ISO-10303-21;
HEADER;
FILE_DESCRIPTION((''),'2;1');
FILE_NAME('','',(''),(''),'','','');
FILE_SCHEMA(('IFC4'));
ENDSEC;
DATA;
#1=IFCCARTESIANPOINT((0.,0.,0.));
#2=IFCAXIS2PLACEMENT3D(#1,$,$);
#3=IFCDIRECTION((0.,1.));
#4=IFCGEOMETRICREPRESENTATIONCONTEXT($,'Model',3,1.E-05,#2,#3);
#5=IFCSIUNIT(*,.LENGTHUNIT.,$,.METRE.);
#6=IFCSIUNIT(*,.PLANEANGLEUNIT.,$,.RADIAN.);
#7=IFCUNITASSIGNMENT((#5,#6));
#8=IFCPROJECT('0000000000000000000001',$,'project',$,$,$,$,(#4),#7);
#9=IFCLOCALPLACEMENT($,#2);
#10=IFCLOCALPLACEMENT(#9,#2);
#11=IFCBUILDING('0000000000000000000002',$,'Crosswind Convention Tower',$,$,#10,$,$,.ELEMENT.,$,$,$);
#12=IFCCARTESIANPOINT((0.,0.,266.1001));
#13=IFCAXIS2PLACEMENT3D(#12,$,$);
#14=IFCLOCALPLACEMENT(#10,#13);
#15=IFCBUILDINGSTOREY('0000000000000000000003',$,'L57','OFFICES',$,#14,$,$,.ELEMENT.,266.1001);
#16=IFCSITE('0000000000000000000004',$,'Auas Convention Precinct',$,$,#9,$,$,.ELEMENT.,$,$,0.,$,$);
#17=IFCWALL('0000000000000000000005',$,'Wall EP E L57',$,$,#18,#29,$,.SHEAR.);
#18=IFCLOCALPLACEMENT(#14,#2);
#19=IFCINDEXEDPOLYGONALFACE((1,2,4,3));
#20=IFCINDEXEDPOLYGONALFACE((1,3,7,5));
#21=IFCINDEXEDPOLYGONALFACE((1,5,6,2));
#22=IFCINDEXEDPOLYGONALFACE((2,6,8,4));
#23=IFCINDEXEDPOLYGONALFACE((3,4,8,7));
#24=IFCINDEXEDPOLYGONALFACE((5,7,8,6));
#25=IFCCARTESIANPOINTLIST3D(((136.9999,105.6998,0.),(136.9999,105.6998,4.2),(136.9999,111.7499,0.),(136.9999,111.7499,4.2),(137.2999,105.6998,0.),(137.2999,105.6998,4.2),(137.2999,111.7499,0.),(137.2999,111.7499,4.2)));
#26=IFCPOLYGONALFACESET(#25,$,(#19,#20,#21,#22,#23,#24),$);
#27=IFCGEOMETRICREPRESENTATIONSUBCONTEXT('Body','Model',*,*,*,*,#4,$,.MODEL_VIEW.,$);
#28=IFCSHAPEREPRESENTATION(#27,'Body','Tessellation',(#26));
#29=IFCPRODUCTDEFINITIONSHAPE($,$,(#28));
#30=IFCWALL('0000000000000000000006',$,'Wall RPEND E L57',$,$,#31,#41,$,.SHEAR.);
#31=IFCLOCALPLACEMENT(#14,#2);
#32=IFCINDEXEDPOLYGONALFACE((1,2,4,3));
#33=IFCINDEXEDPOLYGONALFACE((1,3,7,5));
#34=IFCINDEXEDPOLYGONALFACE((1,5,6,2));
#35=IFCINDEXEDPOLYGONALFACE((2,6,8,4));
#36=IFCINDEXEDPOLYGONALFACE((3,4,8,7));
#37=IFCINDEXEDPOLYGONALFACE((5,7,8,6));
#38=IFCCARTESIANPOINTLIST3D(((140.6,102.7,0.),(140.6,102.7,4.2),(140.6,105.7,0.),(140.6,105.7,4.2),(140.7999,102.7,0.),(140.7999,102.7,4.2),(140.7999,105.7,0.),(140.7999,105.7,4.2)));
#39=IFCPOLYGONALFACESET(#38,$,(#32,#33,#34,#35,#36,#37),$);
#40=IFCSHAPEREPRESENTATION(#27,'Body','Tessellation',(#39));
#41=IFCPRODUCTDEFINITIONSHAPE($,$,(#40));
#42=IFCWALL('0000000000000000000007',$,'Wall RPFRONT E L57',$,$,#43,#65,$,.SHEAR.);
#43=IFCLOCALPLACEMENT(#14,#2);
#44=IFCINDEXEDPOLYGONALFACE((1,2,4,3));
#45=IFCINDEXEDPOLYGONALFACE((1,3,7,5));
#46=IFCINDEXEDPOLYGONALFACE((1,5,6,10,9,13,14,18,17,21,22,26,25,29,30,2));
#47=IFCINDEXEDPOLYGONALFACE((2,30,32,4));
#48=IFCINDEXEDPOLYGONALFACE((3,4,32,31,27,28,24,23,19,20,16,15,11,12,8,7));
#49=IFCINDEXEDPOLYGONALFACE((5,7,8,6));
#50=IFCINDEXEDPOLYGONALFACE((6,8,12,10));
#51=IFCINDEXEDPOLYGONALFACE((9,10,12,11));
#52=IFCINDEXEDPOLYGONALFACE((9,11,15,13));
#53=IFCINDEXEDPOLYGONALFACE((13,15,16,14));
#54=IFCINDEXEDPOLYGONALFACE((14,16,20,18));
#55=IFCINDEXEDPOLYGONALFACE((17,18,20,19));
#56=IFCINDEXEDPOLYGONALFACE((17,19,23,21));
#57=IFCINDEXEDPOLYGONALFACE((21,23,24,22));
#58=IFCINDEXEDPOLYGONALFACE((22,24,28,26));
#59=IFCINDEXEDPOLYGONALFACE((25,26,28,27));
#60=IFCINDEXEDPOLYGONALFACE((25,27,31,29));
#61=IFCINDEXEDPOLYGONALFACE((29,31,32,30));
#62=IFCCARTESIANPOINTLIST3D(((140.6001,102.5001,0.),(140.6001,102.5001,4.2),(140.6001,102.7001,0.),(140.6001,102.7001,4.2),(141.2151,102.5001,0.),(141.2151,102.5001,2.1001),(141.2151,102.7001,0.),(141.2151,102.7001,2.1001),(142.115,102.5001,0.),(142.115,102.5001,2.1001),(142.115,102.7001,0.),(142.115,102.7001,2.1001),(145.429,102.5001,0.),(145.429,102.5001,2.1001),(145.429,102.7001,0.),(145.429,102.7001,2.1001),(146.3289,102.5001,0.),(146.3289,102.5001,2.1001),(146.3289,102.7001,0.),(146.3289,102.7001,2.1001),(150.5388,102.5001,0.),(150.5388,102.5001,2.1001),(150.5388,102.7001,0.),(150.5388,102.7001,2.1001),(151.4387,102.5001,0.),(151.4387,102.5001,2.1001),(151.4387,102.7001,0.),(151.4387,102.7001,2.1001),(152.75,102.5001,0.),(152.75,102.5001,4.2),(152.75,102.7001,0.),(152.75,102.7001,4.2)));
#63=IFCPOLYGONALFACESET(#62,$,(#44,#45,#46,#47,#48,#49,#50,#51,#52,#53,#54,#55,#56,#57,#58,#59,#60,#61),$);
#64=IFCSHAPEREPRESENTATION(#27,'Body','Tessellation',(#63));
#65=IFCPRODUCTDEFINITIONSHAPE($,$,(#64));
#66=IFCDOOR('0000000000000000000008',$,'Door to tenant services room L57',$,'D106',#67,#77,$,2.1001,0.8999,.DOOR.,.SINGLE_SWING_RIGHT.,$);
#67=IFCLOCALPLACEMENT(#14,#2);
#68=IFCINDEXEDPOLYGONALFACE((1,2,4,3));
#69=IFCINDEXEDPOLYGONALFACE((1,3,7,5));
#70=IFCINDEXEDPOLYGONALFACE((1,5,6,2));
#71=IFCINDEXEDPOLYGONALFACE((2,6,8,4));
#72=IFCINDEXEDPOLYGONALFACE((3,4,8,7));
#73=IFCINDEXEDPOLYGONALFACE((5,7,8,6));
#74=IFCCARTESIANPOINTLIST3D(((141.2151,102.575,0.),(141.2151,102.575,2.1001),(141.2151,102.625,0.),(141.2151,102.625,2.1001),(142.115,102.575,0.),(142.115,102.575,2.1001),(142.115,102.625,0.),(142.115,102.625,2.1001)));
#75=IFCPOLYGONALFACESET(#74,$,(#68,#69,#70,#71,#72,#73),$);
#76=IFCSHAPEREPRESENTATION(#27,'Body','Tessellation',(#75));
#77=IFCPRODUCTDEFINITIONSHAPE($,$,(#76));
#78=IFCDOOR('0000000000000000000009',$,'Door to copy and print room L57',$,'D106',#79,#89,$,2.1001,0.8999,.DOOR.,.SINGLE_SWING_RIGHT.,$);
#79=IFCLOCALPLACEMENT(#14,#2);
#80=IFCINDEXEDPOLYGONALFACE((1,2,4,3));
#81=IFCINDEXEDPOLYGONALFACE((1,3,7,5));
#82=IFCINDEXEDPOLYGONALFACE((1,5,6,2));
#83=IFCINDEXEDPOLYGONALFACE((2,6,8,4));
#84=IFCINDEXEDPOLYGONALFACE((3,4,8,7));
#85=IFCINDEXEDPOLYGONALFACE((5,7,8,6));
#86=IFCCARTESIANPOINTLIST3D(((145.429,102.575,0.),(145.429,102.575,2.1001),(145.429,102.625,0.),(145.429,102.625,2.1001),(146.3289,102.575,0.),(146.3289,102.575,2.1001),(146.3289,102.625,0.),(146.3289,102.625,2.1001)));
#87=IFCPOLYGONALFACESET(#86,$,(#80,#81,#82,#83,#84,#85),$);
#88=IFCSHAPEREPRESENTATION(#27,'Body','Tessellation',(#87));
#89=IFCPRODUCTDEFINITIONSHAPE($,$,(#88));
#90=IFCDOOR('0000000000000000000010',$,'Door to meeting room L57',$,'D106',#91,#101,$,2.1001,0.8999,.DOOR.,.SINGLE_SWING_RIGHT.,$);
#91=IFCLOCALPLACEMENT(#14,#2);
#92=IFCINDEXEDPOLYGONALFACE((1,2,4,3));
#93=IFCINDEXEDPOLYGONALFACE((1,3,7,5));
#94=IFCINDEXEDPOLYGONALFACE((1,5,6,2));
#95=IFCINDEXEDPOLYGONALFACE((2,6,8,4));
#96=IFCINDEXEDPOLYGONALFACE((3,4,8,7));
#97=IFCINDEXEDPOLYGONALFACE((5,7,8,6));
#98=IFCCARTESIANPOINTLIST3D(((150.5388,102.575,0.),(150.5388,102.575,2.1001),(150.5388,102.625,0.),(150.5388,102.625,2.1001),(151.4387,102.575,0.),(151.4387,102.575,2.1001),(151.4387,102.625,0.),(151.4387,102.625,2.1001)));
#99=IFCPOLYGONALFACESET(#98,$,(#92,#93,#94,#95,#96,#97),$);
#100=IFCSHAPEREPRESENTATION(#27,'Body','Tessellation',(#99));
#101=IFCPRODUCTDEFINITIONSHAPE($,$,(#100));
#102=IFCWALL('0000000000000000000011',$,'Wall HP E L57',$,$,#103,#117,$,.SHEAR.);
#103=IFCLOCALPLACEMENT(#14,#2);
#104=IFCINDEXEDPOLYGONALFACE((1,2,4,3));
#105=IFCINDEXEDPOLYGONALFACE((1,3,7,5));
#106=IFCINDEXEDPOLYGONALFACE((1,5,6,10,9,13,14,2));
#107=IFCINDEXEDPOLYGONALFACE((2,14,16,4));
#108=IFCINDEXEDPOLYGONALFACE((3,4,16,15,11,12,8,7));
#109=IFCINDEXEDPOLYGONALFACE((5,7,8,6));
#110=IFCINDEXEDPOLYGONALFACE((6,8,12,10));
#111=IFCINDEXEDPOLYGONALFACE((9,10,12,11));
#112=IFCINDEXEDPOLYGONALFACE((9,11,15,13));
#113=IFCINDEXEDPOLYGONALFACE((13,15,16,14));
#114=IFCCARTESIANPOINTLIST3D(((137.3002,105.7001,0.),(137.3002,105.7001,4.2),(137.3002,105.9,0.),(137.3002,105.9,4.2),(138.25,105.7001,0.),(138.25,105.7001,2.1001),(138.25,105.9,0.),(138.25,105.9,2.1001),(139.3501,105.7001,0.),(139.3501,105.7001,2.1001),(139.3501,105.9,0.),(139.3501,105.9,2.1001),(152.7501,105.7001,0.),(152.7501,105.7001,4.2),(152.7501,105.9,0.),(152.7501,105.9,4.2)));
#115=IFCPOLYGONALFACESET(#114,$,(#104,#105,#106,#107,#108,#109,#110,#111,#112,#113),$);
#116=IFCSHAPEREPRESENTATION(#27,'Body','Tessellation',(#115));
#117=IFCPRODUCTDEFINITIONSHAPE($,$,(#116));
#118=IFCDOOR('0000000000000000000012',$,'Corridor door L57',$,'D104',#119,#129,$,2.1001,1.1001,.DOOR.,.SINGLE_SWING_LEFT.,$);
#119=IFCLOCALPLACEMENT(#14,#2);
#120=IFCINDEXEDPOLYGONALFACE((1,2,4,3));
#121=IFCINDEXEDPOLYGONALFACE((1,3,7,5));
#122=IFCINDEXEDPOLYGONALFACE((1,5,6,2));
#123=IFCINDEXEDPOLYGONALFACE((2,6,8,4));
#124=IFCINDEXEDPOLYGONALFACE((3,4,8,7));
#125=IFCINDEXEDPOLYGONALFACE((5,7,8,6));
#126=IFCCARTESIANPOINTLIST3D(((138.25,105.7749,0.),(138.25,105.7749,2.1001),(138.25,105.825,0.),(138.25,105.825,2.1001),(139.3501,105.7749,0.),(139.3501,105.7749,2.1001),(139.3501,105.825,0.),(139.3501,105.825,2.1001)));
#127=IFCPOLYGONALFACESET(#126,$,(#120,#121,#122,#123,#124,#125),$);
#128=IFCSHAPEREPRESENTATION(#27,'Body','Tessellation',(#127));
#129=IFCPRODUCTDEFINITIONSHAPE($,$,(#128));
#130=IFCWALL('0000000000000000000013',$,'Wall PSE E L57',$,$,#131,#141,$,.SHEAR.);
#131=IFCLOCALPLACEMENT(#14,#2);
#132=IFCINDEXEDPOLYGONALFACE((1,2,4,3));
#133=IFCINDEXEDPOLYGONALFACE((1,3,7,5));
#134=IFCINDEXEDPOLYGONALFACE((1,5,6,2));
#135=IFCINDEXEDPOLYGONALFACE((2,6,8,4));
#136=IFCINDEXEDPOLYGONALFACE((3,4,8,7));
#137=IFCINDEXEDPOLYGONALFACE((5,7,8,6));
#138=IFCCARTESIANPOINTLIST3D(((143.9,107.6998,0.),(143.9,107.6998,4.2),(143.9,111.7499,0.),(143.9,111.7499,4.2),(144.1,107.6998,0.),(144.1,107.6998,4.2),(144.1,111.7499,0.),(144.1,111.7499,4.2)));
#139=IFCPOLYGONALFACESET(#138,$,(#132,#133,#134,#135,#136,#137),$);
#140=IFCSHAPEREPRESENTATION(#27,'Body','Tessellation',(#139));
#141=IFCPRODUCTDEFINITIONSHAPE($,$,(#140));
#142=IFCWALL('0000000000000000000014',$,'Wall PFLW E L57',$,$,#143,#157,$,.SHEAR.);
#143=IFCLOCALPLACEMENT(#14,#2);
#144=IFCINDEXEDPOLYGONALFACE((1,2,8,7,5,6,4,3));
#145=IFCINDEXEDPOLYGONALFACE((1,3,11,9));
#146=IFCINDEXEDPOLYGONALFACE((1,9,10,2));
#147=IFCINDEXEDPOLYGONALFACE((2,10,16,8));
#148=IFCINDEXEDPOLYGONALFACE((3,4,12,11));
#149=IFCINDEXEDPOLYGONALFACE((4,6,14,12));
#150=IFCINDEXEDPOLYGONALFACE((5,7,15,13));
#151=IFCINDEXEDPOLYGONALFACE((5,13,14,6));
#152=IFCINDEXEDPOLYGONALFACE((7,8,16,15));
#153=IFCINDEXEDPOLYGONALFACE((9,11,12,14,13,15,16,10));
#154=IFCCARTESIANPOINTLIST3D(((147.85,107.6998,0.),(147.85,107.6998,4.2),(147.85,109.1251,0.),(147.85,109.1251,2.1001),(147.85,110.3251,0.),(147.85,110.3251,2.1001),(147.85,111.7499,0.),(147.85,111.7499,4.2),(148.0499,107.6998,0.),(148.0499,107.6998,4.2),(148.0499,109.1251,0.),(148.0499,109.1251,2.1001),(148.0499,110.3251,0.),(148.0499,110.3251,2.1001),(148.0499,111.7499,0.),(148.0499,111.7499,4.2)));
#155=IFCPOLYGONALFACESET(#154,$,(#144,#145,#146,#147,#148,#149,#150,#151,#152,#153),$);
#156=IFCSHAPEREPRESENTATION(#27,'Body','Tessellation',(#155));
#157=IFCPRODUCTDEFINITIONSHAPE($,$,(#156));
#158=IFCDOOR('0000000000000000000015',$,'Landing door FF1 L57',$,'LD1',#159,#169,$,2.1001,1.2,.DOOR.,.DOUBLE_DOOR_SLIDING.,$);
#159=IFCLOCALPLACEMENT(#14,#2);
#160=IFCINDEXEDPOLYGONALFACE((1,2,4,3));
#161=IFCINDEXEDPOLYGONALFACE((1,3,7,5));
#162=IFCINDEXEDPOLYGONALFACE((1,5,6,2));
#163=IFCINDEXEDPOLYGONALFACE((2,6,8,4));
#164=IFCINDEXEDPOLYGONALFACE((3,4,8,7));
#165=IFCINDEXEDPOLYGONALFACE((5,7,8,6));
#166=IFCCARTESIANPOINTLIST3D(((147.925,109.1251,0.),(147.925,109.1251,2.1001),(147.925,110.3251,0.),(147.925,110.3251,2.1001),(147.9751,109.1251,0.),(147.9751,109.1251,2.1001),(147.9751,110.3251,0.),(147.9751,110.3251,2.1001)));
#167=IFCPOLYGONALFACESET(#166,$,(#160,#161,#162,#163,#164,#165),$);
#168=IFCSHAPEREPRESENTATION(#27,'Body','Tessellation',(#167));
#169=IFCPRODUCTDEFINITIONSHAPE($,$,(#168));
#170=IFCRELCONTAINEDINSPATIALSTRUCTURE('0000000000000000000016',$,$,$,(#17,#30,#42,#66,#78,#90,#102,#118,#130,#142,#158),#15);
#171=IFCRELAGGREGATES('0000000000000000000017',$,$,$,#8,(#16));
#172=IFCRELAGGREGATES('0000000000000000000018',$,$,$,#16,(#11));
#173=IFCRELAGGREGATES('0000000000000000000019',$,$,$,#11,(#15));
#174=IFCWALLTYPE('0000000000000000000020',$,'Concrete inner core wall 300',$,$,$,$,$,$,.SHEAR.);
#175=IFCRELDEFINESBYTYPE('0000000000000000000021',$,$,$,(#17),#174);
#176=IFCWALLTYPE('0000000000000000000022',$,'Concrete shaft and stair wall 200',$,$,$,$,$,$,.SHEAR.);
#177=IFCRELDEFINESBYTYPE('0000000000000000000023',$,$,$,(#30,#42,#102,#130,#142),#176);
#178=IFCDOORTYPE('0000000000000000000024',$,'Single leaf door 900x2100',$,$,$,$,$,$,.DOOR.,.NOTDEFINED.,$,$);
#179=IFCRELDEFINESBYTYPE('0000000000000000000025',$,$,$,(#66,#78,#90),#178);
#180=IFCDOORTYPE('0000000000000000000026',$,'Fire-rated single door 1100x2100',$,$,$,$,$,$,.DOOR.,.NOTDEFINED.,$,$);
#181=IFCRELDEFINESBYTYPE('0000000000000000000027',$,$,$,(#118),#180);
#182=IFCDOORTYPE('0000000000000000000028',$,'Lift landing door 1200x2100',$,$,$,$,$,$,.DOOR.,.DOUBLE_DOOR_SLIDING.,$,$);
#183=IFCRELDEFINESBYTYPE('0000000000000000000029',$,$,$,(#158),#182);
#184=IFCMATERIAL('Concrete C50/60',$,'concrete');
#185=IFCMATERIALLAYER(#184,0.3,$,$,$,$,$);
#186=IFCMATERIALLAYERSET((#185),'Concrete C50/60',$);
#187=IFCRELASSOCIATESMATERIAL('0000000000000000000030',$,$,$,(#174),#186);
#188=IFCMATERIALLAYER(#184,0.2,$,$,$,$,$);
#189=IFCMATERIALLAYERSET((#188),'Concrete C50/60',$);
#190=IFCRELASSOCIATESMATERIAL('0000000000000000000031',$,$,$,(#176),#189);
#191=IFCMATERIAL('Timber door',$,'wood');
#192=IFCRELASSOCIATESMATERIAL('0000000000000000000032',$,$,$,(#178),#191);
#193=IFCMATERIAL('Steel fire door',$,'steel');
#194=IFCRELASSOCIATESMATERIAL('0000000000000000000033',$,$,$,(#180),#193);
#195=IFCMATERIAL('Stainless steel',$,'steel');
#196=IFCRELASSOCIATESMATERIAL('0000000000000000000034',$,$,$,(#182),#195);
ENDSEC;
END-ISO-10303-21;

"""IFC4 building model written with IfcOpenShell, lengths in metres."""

from ifc_helpers import new_model, si_unit, direction, frame, frame_2d, origin, place, context, subcontext, project, spatial, rectangle, extrude, material, layer, layer_set, type_object, element, fill, save


model = new_model("IFC4")

# Units and contexts
model_context = context("Model", 3, precision=1e-05, world=origin(), true_north=direction((0.0, 1.0)))
body_context = subcontext(model_context, "Body", "Model", "MODEL_VIEW")
ifc_project = project(units=[si_unit("LENGTHUNIT", "METRE"), si_unit("PLANEANGLEUNIT", "RADIAN")], contexts=[model_context])

# Site, building, storey
site_placement = place(None, origin())
site = spatial("IfcSite", under=ifc_project, at=site_placement, Name="Auas Convention Precinct", CompositionType="ELEMENT", RefElevation=0.0)
building_placement = place(site_placement, origin())
building = spatial("IfcBuilding", under=site, at=building_placement, Name="Crosswind Convention Tower", CompositionType="ELEMENT")
storey_placement = place(building_placement, frame((0.0, 0.0, 266.1001)))
storey = spatial("IfcBuildingStorey", under=building, at=storey_placement, Name="L57", Description="OFFICES", CompositionType="ELEMENT", Elevation=266.1001)

# Walls
ifc_material_1 = material(Name="Concrete C50/60", Category="concrete")
ifc_layer_1 = layer(ifc_material_1, 0.3)
ifc_layer_set_1 = layer_set([ifc_layer_1], Name="Concrete C50/60")
wall_type_1 = type_object("IfcWallType", Name="Concrete inner core wall 300", PredefinedType="SHEAR", material=ifc_layer_set_1)
wall_1_placement = place(storey_placement, frame((137.1499, 105.7, 0.0), z_axis=(0.0, 0.0, 1.0), x_axis=(0.0, 1.0, 0.0)))
element("IfcWall", 1, at=wall_1_placement, inside=storey, type_object=wall_type_1, Name="Wall EP E L57", PredefinedType="SHEAR", context=body_context, shape_type="SweptSolid", body=[
    extrude(rectangle(XDim=6.05, YDim=0.3, at=frame_2d((3.0249, 0.0))), origin(), (0.0, 0.0, 1.0), 4.2),
])
ifc_layer_2 = layer(ifc_material_1, 0.2)
ifc_layer_set_2 = layer_set([ifc_layer_2], Name="Concrete C50/60")
wall_type_2 = type_object("IfcWallType", Name="Concrete shaft and stair wall 200", PredefinedType="SHEAR", material=ifc_layer_set_2)
wall_2_placement = place(storey_placement, frame((140.7, 102.7, 0.0), z_axis=(0.0, 0.0, 1.0), x_axis=(0.0, 1.0, 0.0)))
element("IfcWall", 2, at=wall_2_placement, inside=storey, type_object=wall_type_2, Name="Wall RPEND E L57", PredefinedType="SHEAR", context=body_context, shape_type="SweptSolid", body=[
    extrude(rectangle(XDim=3.0, YDim=0.2, at=frame_2d((1.5, 0.0))), origin(), (0.0, 0.0, 1.0), 4.2),
])

# Wall, openings, doors
wall_3_placement = place(storey_placement, frame((140.6001, 102.6001, 0.0), z_axis=(0.0, 0.0, 1.0), x_axis=(1.0, 0.0, 0.0)))
wall_3 = element("IfcWall", 3, at=wall_3_placement, inside=storey, type_object=wall_type_2, Name="Wall RPFRONT E L57", PredefinedType="SHEAR", context=body_context, shape_type="SweptSolid", body=[
    extrude(rectangle(XDim=12.1499, YDim=0.2, at=frame_2d((6.075, 0.0))), origin(), (0.0, 0.0, 1.0), 4.2),
])
opening_1_placement = place(wall_3_placement, frame((0.615, 0.0, 0.0)))
opening_1 = element("IfcOpeningElement", 4, at=opening_1_placement, cuts=wall_3, PredefinedType="OPENING", context=body_context, shape_type="SweptSolid", body=[
    extrude(rectangle(XDim=0.8999, YDim=2.1001, at=frame_2d((0.45, 1.05))), frame((0.0, 0.1099, 0.0), z_axis=(0.0, -1.0, 0.0), x_axis=(1.0, 0.0, 0.0)), (0.0, 0.0, 1.0), 0.22),
])
opening_2_placement = place(wall_3_placement, frame((4.8289, 0.0, 0.0)))
opening_2 = element("IfcOpeningElement", 5, at=opening_2_placement, cuts=wall_3, PredefinedType="OPENING", context=body_context, shape_type="SweptSolid", body=[
    extrude(rectangle(XDim=0.8999, YDim=2.1001, at=frame_2d((0.45, 1.05))), frame((0.0, 0.1099, 0.0), z_axis=(0.0, -1.0, 0.0), x_axis=(1.0, 0.0, 0.0)), (0.0, 0.0, 1.0), 0.22),
])
opening_3_placement = place(wall_3_placement, frame((9.9387, 0.0, 0.0)))
opening_3 = element("IfcOpeningElement", 6, at=opening_3_placement, cuts=wall_3, PredefinedType="OPENING", context=body_context, shape_type="SweptSolid", body=[
    extrude(rectangle(XDim=0.8999, YDim=2.1001, at=frame_2d((0.45, 1.05))), frame((0.0, 0.1099, 0.0), z_axis=(0.0, -1.0, 0.0), x_axis=(1.0, 0.0, 0.0)), (0.0, 0.0, 1.0), 0.22),
])
ifc_material_2 = material(Name="Timber door", Category="wood")
door_type_1 = type_object("IfcDoorType", Name="Single leaf door 900x2100", OperationType="NOTDEFINED", PredefinedType="DOOR", material=ifc_material_2)
door_1_placement = place(opening_1_placement, origin())
door_1 = element("IfcDoor", 7, at=door_1_placement, inside=storey, type_object=door_type_1, Name="Door to tenant services room L57", ObjectType="D106", OperationType="SINGLE_SWING_RIGHT", OverallHeight=2.1001, OverallWidth=0.8999, PredefinedType="DOOR", context=body_context, shape_type="SweptSolid", body=[
    extrude(rectangle(XDim=0.8999, YDim=2.1001, at=frame_2d((0.45, 1.05))), frame((0.0, 0.0249, 0.0), z_axis=(0.0, -1.0, 0.0), x_axis=(1.0, 0.0, 0.0)), (0.0, 0.0, 1.0), 0.05),
])
fill(opening_1, door_1)
door_2_placement = place(opening_2_placement, origin())
door_2 = element("IfcDoor", 8, at=door_2_placement, inside=storey, type_object=door_type_1, Name="Door to copy and print room L57", ObjectType="D106", OperationType="SINGLE_SWING_RIGHT", OverallHeight=2.1001, OverallWidth=0.8999, PredefinedType="DOOR", context=body_context, shape_type="SweptSolid", body=[
    extrude(rectangle(XDim=0.8999, YDim=2.1001, at=frame_2d((0.45, 1.05))), frame((0.0, 0.0249, 0.0), z_axis=(0.0, -1.0, 0.0), x_axis=(1.0, 0.0, 0.0)), (0.0, 0.0, 1.0), 0.05),
])
fill(opening_2, door_2)
door_3_placement = place(opening_3_placement, origin())
door_3 = element("IfcDoor", 9, at=door_3_placement, inside=storey, type_object=door_type_1, Name="Door to meeting room L57", ObjectType="D106", OperationType="SINGLE_SWING_RIGHT", OverallHeight=2.1001, OverallWidth=0.8999, PredefinedType="DOOR", context=body_context, shape_type="SweptSolid", body=[
    extrude(rectangle(XDim=0.8999, YDim=2.1001, at=frame_2d((0.45, 1.05))), frame((0.0, 0.0249, 0.0), z_axis=(0.0, -1.0, 0.0), x_axis=(1.0, 0.0, 0.0)), (0.0, 0.0, 1.0), 0.05),
])
fill(opening_3, door_3)

# Wall, opening, door
wall_4_placement = place(storey_placement, frame((137.3, 105.8, 0.0), z_axis=(0.0, 0.0, 1.0), x_axis=(1.0, 0.0, 0.0)))
wall_4 = element("IfcWall", 10, at=wall_4_placement, inside=storey, type_object=wall_type_2, Name="Wall HP E L57", PredefinedType="SHEAR", context=body_context, shape_type="SweptSolid", body=[
    extrude(rectangle(XDim=15.45, YDim=0.2, at=frame_2d((7.7251, 0.0))), origin(), (0.0, 0.0, 1.0), 4.2),
])
opening_4_placement = place(wall_4_placement, frame((0.95, 0.0, 0.0)))
opening_4 = element("IfcOpeningElement", 11, at=opening_4_placement, cuts=wall_4, PredefinedType="OPENING", context=body_context, shape_type="SweptSolid", body=[
    extrude(rectangle(XDim=1.1001, YDim=2.1001, at=frame_2d((0.55, 1.05))), frame((0.0, 0.1099, 0.0), z_axis=(0.0, -1.0, 0.0), x_axis=(1.0, 0.0, 0.0)), (0.0, 0.0, 1.0), 0.22),
])
ifc_material_3 = material(Name="Steel fire door", Category="steel")
door_type_2 = type_object("IfcDoorType", Name="Fire-rated single door 1100x2100", OperationType="NOTDEFINED", PredefinedType="DOOR", material=ifc_material_3)
door_4_placement = place(opening_4_placement, origin())
door_4 = element("IfcDoor", 12, at=door_4_placement, inside=storey, type_object=door_type_2, Name="Corridor door L57", ObjectType="D104", OperationType="SINGLE_SWING_LEFT", OverallHeight=2.1001, OverallWidth=1.1001, PredefinedType="DOOR", context=body_context, shape_type="SweptSolid", body=[
    extrude(rectangle(XDim=1.1001, YDim=2.1001, at=frame_2d((0.55, 1.05))), frame((0.0, 0.0249, 0.0), z_axis=(0.0, -1.0, 0.0), x_axis=(1.0, 0.0, 0.0)), (0.0, 0.0, 1.0), 0.05),
])
fill(opening_4, door_4)

# Wall
wall_5_placement = place(storey_placement, frame((144.0, 107.7, 0.0), z_axis=(0.0, 0.0, 1.0), x_axis=(0.0, 1.0, 0.0)))
element("IfcWall", 13, at=wall_5_placement, inside=storey, type_object=wall_type_2, Name="Wall PSE E L57", PredefinedType="SHEAR", context=body_context, shape_type="SweptSolid", body=[
    extrude(rectangle(XDim=4.05, YDim=0.2, at=frame_2d((2.0249, 0.0))), origin(), (0.0, 0.0, 1.0), 4.2),
])

# Wall, opening, door
wall_6_placement = place(storey_placement, frame((147.95, 107.7, 0.0), z_axis=(0.0, 0.0, 1.0), x_axis=(0.0, 1.0, 0.0)))
wall_6 = element("IfcWall", 14, at=wall_6_placement, inside=storey, type_object=wall_type_2, Name="Wall PFLW E L57", PredefinedType="SHEAR", context=body_context, shape_type="SweptSolid", body=[
    extrude(rectangle(XDim=4.05, YDim=0.2, at=frame_2d((2.0249, 0.0))), origin(), (0.0, 0.0, 1.0), 4.2),
])
opening_5_placement = place(wall_6_placement, frame((1.425, 0.0, 0.0)))
opening_5 = element("IfcOpeningElement", 15, at=opening_5_placement, cuts=wall_6, PredefinedType="OPENING", context=body_context, shape_type="SweptSolid", body=[
    extrude(rectangle(XDim=1.2, YDim=2.1001, at=frame_2d((0.6001, 1.05))), frame((0.0, 0.1099, 0.0), z_axis=(0.0, -1.0, 0.0), x_axis=(1.0, 0.0, 0.0)), (0.0, 0.0, 1.0), 0.22),
])
ifc_material_4 = material(Name="Stainless steel", Category="steel")
door_type_3 = type_object("IfcDoorType", Name="Lift landing door 1200x2100", OperationType="DOUBLE_DOOR_SLIDING", PredefinedType="DOOR", material=ifc_material_4)
door_5_placement = place(opening_5_placement, origin())
door_5 = element("IfcDoor", 16, at=door_5_placement, inside=storey, type_object=door_type_3, Name="Landing door FF1 L57", ObjectType="LD1", OperationType="DOUBLE_DOOR_SLIDING", OverallHeight=2.1001, OverallWidth=1.2, PredefinedType="DOOR", context=body_context, shape_type="SweptSolid", body=[
    extrude(rectangle(XDim=1.2, YDim=2.1001, at=frame_2d((0.6001, 1.05))), frame((0.0, 0.0249, 0.0), z_axis=(0.0, -1.0, 0.0), x_axis=(1.0, 0.0, 0.0)), (0.0, 0.0, 1.0), 0.05),
])
fill(opening_5, door_5)

save(model, "model.ifc")
